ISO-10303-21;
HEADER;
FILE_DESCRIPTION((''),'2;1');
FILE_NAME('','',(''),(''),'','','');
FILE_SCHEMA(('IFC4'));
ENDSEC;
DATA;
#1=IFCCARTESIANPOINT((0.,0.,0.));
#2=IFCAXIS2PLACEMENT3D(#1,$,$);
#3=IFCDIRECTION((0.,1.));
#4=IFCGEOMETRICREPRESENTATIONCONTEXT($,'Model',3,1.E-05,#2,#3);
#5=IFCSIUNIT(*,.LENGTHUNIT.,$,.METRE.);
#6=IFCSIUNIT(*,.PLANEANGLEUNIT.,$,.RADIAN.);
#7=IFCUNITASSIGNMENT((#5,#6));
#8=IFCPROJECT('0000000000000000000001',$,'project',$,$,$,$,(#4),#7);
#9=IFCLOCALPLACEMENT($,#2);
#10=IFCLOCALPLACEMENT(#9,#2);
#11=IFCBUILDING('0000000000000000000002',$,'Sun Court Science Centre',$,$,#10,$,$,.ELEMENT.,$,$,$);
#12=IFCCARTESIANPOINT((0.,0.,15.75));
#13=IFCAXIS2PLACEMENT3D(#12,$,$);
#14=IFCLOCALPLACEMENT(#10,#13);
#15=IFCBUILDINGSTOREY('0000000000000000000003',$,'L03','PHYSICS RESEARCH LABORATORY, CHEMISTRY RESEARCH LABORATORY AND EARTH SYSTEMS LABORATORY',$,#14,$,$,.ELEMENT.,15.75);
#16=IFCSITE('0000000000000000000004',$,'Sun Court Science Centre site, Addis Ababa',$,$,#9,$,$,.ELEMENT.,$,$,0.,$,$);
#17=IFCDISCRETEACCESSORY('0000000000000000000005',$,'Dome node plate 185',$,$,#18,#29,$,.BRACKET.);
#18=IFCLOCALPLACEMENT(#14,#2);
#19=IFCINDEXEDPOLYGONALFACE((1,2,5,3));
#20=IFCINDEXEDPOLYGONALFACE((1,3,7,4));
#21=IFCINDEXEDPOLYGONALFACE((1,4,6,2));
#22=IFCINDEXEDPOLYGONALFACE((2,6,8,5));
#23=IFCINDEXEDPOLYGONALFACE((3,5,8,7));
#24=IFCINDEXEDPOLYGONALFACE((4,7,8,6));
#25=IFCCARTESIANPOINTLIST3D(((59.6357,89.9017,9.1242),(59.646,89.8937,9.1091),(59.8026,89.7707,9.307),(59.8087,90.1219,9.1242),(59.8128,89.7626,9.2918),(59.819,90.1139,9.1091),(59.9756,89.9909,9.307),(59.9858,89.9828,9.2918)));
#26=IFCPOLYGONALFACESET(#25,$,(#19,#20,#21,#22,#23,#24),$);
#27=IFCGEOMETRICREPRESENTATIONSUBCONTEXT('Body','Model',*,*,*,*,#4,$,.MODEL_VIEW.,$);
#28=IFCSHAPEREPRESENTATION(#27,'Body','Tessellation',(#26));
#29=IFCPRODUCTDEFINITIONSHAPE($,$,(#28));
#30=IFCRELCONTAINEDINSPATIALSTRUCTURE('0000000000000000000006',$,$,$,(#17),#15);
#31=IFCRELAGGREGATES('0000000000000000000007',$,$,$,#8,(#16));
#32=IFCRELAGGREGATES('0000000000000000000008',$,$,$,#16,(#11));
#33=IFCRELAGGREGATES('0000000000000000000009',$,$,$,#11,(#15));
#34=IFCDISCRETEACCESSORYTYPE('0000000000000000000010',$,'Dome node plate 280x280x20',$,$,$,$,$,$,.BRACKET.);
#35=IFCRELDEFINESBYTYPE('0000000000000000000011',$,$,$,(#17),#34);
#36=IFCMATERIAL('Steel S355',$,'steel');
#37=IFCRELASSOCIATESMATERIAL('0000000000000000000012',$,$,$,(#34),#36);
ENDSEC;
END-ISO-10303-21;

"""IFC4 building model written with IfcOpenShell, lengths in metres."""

from ifc_helpers import new_model, si_unit, direction, frame, origin, origin_2d, place, context, subcontext, project, spatial, rectangle, extrude, material, material_profile, profile_set, type_object, element, save


model = new_model("IFC4")

# Units and contexts
model_context = context("Model", 3, precision=1e-05, world=origin(), true_north=direction((0.0, 1.0)))
body_context = subcontext(model_context, "Body", "Model", "MODEL_VIEW")
ifc_project = project(units=[si_unit("LENGTHUNIT", "METRE"), si_unit("PLANEANGLEUNIT", "RADIAN")], contexts=[model_context])

# Site, building, storey
site_placement = place(None, origin())
site = spatial("IfcSite", under=ifc_project, at=site_placement, Name="Sun Court Science Centre site, Addis Ababa", CompositionType="ELEMENT", RefElevation=0.0)
building_placement = place(site_placement, origin())
building = spatial("IfcBuilding", under=site, at=building_placement, Name="Sun Court Science Centre", CompositionType="ELEMENT")
storey_placement = place(building_placement, frame((0.0, 0.0, 15.75)))
storey = spatial("IfcBuildingStorey", under=building, at=storey_placement, Name="L03", Description="PHYSICS RESEARCH LABORATORY, CHEMISTRY RESEARCH LABORATORY AND EARTH SYSTEMS LABORATORY", CompositionType="ELEMENT", Elevation=15.75)

# Discrete accessory
ifc_material_1 = material(Name="Steel S355", Category="steel")
ifc_material_profile_1 = material_profile(ifc_material_1, rectangle(XDim=0.28, YDim=0.28, at=origin_2d()), Name="PL 280x280")
ifc_profile_set_1 = profile_set([ifc_material_profile_1], Name="Steel S355")
discrete_accessory_type = type_object("IfcDiscreteAccessoryType", Name="Dome node plate 280x280x20", PredefinedType="BRACKET", material=ifc_profile_set_1)
for number, where, z_axis, x_axis, name in (
    (1, (59.8159, 89.9382, 9.2004), (-0.513227, 0.403249, 0.75762), (-0.617822, -0.786318, 0.0), "Dome node plate 185"),
):
    element("IfcDiscreteAccessory", number, at=place(storey_placement, frame(where, z_axis=z_axis, x_axis=x_axis)), inside=storey, type_object=discrete_accessory_type, Name=name, PredefinedType="BRACKET", context=body_context, shape_type="SweptSolid", body=[
        extrude(rectangle(XDim=0.28, YDim=0.28, at=origin_2d()), origin(), (0.0, 0.0, 1.0), 0.02),
    ])

save(model, "model.ifc")
